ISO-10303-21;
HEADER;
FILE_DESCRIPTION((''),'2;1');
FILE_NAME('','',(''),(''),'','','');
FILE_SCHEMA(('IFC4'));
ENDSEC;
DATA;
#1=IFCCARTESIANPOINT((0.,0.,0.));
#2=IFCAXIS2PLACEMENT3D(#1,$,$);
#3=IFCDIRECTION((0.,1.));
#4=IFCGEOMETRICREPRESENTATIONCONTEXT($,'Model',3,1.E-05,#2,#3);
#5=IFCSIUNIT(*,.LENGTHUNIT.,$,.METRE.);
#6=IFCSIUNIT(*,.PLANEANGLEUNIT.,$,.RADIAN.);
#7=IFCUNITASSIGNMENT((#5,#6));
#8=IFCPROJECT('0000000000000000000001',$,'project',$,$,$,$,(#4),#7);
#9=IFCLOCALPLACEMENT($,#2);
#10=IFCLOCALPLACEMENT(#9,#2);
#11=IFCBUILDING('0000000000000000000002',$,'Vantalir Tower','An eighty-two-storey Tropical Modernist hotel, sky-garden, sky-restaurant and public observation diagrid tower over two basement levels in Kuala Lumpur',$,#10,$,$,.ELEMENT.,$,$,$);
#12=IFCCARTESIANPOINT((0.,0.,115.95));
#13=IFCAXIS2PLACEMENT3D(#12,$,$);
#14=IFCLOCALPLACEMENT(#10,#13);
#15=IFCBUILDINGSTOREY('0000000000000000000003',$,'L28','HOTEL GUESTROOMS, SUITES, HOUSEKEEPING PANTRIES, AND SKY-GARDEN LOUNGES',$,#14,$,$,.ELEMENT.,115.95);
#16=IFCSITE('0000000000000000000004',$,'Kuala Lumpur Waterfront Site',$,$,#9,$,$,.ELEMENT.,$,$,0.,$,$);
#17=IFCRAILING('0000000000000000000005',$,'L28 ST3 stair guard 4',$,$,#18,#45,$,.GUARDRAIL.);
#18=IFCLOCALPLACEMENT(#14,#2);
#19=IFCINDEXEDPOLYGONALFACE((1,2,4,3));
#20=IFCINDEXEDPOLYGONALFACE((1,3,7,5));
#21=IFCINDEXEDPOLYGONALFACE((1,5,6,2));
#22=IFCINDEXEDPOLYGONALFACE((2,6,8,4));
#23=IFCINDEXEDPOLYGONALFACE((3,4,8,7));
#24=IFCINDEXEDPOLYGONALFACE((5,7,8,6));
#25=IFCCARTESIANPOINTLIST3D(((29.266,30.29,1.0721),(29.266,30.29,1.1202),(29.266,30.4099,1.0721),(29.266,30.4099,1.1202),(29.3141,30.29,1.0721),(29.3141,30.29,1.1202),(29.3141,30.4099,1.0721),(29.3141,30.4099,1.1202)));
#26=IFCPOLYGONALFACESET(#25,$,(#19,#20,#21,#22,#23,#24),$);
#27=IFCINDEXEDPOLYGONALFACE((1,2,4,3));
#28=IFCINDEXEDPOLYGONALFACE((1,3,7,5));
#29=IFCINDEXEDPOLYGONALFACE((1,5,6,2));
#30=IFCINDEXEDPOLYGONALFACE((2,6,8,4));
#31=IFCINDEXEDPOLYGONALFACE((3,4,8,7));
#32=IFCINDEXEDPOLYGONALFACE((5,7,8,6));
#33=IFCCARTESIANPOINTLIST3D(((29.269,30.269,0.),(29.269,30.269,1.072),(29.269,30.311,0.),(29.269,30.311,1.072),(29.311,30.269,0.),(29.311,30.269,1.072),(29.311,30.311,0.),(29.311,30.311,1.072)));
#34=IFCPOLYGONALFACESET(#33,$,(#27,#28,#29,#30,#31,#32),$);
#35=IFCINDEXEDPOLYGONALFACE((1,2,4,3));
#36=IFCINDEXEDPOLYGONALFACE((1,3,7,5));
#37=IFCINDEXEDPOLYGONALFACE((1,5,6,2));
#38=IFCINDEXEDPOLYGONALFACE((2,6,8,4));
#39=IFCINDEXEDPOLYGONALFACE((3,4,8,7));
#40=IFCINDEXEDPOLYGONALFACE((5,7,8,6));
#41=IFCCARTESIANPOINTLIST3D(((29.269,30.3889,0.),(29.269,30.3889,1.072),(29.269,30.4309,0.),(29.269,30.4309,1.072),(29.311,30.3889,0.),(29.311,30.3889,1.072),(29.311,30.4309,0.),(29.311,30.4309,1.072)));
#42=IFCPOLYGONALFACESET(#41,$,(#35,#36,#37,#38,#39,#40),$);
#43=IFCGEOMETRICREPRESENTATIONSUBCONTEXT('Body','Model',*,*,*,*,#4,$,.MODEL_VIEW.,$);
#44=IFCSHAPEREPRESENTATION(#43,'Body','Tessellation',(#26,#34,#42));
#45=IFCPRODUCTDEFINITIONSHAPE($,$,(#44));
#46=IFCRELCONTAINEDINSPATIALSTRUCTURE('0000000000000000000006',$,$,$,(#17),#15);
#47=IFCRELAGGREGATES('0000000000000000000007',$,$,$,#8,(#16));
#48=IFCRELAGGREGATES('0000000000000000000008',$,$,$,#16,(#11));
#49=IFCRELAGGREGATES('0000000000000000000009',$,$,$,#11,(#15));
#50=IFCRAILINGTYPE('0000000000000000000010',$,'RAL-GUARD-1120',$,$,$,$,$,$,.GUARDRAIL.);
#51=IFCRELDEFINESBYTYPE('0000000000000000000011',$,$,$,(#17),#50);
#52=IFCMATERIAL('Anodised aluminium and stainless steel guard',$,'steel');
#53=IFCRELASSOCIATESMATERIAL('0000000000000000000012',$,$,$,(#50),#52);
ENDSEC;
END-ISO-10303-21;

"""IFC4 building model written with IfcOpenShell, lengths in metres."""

from ifc_helpers import new_model, si_unit, direction, frame, origin, origin_2d, place, context, subcontext, project, spatial, rectangle, extrude, material, type_object, element, save


model = new_model("IFC4")

# Units and contexts
model_context = context("Model", 3, precision=1e-05, world=origin(), true_north=direction((0.0, 1.0)))
body_context = subcontext(model_context, "Body", "Model", "MODEL_VIEW")
ifc_project = project(units=[si_unit("LENGTHUNIT", "METRE"), si_unit("PLANEANGLEUNIT", "RADIAN")], contexts=[model_context])

# Site, building, storey
site_placement = place(None, origin())
site = spatial("IfcSite", under=ifc_project, at=site_placement, Name="Kuala Lumpur Waterfront Site", CompositionType="ELEMENT", RefElevation=0.0)
building_placement = place(site_placement, origin())
building = spatial("IfcBuilding", under=site, at=building_placement, Name="Vantalir Tower", Description="An eighty-two-storey Tropical Modernist hotel, sky-garden, sky-restaurant and public observation diagrid tower over two basement levels in Kuala Lumpur", CompositionType="ELEMENT")
storey_placement = place(building_placement, frame((0.0, 0.0, 115.95)))
storey = spatial("IfcBuildingStorey", under=building, at=storey_placement, Name="L28", Description="HOTEL GUESTROOMS, SUITES, HOUSEKEEPING PANTRIES, AND SKY-GARDEN LOUNGES", CompositionType="ELEMENT", Elevation=115.95)

# Railing
ifc_material_1 = material(Name="Anodised aluminium and stainless steel guard", Category="steel")
railing_type = type_object("IfcRailingType", Name="RAL-GUARD-1120", PredefinedType="GUARDRAIL", material=ifc_material_1)
railing_1_placement = place(storey_placement, frame((29.29, 30.29, 0.0)))
element("IfcRailing", 1, at=railing_1_placement, inside=storey, type_object=railing_type, Name="L28 ST3 stair guard 4", PredefinedType="GUARDRAIL", context=body_context, shape_type="SweptSolid", body=[
    extrude(rectangle(XDim=0.0481, YDim=0.0481, at=origin_2d()), frame((0.0, 0.0, 1.0962), z_axis=(0.0, 1.0, 0.0), x_axis=(-1.0, 0.0, 0.0)), (0.0, 0.0, 1.0), 0.1199),
    extrude(rectangle(XDim=0.042, YDim=0.042, at=origin_2d()), origin(), (0.0, 0.0, 1.0), 1.072),
    extrude(rectangle(XDim=0.042, YDim=0.042, at=origin_2d()), frame((0.0, 0.1199, 0.0)), (0.0, 0.0, 1.0), 1.072),
])

save(model, "model.ifc")
